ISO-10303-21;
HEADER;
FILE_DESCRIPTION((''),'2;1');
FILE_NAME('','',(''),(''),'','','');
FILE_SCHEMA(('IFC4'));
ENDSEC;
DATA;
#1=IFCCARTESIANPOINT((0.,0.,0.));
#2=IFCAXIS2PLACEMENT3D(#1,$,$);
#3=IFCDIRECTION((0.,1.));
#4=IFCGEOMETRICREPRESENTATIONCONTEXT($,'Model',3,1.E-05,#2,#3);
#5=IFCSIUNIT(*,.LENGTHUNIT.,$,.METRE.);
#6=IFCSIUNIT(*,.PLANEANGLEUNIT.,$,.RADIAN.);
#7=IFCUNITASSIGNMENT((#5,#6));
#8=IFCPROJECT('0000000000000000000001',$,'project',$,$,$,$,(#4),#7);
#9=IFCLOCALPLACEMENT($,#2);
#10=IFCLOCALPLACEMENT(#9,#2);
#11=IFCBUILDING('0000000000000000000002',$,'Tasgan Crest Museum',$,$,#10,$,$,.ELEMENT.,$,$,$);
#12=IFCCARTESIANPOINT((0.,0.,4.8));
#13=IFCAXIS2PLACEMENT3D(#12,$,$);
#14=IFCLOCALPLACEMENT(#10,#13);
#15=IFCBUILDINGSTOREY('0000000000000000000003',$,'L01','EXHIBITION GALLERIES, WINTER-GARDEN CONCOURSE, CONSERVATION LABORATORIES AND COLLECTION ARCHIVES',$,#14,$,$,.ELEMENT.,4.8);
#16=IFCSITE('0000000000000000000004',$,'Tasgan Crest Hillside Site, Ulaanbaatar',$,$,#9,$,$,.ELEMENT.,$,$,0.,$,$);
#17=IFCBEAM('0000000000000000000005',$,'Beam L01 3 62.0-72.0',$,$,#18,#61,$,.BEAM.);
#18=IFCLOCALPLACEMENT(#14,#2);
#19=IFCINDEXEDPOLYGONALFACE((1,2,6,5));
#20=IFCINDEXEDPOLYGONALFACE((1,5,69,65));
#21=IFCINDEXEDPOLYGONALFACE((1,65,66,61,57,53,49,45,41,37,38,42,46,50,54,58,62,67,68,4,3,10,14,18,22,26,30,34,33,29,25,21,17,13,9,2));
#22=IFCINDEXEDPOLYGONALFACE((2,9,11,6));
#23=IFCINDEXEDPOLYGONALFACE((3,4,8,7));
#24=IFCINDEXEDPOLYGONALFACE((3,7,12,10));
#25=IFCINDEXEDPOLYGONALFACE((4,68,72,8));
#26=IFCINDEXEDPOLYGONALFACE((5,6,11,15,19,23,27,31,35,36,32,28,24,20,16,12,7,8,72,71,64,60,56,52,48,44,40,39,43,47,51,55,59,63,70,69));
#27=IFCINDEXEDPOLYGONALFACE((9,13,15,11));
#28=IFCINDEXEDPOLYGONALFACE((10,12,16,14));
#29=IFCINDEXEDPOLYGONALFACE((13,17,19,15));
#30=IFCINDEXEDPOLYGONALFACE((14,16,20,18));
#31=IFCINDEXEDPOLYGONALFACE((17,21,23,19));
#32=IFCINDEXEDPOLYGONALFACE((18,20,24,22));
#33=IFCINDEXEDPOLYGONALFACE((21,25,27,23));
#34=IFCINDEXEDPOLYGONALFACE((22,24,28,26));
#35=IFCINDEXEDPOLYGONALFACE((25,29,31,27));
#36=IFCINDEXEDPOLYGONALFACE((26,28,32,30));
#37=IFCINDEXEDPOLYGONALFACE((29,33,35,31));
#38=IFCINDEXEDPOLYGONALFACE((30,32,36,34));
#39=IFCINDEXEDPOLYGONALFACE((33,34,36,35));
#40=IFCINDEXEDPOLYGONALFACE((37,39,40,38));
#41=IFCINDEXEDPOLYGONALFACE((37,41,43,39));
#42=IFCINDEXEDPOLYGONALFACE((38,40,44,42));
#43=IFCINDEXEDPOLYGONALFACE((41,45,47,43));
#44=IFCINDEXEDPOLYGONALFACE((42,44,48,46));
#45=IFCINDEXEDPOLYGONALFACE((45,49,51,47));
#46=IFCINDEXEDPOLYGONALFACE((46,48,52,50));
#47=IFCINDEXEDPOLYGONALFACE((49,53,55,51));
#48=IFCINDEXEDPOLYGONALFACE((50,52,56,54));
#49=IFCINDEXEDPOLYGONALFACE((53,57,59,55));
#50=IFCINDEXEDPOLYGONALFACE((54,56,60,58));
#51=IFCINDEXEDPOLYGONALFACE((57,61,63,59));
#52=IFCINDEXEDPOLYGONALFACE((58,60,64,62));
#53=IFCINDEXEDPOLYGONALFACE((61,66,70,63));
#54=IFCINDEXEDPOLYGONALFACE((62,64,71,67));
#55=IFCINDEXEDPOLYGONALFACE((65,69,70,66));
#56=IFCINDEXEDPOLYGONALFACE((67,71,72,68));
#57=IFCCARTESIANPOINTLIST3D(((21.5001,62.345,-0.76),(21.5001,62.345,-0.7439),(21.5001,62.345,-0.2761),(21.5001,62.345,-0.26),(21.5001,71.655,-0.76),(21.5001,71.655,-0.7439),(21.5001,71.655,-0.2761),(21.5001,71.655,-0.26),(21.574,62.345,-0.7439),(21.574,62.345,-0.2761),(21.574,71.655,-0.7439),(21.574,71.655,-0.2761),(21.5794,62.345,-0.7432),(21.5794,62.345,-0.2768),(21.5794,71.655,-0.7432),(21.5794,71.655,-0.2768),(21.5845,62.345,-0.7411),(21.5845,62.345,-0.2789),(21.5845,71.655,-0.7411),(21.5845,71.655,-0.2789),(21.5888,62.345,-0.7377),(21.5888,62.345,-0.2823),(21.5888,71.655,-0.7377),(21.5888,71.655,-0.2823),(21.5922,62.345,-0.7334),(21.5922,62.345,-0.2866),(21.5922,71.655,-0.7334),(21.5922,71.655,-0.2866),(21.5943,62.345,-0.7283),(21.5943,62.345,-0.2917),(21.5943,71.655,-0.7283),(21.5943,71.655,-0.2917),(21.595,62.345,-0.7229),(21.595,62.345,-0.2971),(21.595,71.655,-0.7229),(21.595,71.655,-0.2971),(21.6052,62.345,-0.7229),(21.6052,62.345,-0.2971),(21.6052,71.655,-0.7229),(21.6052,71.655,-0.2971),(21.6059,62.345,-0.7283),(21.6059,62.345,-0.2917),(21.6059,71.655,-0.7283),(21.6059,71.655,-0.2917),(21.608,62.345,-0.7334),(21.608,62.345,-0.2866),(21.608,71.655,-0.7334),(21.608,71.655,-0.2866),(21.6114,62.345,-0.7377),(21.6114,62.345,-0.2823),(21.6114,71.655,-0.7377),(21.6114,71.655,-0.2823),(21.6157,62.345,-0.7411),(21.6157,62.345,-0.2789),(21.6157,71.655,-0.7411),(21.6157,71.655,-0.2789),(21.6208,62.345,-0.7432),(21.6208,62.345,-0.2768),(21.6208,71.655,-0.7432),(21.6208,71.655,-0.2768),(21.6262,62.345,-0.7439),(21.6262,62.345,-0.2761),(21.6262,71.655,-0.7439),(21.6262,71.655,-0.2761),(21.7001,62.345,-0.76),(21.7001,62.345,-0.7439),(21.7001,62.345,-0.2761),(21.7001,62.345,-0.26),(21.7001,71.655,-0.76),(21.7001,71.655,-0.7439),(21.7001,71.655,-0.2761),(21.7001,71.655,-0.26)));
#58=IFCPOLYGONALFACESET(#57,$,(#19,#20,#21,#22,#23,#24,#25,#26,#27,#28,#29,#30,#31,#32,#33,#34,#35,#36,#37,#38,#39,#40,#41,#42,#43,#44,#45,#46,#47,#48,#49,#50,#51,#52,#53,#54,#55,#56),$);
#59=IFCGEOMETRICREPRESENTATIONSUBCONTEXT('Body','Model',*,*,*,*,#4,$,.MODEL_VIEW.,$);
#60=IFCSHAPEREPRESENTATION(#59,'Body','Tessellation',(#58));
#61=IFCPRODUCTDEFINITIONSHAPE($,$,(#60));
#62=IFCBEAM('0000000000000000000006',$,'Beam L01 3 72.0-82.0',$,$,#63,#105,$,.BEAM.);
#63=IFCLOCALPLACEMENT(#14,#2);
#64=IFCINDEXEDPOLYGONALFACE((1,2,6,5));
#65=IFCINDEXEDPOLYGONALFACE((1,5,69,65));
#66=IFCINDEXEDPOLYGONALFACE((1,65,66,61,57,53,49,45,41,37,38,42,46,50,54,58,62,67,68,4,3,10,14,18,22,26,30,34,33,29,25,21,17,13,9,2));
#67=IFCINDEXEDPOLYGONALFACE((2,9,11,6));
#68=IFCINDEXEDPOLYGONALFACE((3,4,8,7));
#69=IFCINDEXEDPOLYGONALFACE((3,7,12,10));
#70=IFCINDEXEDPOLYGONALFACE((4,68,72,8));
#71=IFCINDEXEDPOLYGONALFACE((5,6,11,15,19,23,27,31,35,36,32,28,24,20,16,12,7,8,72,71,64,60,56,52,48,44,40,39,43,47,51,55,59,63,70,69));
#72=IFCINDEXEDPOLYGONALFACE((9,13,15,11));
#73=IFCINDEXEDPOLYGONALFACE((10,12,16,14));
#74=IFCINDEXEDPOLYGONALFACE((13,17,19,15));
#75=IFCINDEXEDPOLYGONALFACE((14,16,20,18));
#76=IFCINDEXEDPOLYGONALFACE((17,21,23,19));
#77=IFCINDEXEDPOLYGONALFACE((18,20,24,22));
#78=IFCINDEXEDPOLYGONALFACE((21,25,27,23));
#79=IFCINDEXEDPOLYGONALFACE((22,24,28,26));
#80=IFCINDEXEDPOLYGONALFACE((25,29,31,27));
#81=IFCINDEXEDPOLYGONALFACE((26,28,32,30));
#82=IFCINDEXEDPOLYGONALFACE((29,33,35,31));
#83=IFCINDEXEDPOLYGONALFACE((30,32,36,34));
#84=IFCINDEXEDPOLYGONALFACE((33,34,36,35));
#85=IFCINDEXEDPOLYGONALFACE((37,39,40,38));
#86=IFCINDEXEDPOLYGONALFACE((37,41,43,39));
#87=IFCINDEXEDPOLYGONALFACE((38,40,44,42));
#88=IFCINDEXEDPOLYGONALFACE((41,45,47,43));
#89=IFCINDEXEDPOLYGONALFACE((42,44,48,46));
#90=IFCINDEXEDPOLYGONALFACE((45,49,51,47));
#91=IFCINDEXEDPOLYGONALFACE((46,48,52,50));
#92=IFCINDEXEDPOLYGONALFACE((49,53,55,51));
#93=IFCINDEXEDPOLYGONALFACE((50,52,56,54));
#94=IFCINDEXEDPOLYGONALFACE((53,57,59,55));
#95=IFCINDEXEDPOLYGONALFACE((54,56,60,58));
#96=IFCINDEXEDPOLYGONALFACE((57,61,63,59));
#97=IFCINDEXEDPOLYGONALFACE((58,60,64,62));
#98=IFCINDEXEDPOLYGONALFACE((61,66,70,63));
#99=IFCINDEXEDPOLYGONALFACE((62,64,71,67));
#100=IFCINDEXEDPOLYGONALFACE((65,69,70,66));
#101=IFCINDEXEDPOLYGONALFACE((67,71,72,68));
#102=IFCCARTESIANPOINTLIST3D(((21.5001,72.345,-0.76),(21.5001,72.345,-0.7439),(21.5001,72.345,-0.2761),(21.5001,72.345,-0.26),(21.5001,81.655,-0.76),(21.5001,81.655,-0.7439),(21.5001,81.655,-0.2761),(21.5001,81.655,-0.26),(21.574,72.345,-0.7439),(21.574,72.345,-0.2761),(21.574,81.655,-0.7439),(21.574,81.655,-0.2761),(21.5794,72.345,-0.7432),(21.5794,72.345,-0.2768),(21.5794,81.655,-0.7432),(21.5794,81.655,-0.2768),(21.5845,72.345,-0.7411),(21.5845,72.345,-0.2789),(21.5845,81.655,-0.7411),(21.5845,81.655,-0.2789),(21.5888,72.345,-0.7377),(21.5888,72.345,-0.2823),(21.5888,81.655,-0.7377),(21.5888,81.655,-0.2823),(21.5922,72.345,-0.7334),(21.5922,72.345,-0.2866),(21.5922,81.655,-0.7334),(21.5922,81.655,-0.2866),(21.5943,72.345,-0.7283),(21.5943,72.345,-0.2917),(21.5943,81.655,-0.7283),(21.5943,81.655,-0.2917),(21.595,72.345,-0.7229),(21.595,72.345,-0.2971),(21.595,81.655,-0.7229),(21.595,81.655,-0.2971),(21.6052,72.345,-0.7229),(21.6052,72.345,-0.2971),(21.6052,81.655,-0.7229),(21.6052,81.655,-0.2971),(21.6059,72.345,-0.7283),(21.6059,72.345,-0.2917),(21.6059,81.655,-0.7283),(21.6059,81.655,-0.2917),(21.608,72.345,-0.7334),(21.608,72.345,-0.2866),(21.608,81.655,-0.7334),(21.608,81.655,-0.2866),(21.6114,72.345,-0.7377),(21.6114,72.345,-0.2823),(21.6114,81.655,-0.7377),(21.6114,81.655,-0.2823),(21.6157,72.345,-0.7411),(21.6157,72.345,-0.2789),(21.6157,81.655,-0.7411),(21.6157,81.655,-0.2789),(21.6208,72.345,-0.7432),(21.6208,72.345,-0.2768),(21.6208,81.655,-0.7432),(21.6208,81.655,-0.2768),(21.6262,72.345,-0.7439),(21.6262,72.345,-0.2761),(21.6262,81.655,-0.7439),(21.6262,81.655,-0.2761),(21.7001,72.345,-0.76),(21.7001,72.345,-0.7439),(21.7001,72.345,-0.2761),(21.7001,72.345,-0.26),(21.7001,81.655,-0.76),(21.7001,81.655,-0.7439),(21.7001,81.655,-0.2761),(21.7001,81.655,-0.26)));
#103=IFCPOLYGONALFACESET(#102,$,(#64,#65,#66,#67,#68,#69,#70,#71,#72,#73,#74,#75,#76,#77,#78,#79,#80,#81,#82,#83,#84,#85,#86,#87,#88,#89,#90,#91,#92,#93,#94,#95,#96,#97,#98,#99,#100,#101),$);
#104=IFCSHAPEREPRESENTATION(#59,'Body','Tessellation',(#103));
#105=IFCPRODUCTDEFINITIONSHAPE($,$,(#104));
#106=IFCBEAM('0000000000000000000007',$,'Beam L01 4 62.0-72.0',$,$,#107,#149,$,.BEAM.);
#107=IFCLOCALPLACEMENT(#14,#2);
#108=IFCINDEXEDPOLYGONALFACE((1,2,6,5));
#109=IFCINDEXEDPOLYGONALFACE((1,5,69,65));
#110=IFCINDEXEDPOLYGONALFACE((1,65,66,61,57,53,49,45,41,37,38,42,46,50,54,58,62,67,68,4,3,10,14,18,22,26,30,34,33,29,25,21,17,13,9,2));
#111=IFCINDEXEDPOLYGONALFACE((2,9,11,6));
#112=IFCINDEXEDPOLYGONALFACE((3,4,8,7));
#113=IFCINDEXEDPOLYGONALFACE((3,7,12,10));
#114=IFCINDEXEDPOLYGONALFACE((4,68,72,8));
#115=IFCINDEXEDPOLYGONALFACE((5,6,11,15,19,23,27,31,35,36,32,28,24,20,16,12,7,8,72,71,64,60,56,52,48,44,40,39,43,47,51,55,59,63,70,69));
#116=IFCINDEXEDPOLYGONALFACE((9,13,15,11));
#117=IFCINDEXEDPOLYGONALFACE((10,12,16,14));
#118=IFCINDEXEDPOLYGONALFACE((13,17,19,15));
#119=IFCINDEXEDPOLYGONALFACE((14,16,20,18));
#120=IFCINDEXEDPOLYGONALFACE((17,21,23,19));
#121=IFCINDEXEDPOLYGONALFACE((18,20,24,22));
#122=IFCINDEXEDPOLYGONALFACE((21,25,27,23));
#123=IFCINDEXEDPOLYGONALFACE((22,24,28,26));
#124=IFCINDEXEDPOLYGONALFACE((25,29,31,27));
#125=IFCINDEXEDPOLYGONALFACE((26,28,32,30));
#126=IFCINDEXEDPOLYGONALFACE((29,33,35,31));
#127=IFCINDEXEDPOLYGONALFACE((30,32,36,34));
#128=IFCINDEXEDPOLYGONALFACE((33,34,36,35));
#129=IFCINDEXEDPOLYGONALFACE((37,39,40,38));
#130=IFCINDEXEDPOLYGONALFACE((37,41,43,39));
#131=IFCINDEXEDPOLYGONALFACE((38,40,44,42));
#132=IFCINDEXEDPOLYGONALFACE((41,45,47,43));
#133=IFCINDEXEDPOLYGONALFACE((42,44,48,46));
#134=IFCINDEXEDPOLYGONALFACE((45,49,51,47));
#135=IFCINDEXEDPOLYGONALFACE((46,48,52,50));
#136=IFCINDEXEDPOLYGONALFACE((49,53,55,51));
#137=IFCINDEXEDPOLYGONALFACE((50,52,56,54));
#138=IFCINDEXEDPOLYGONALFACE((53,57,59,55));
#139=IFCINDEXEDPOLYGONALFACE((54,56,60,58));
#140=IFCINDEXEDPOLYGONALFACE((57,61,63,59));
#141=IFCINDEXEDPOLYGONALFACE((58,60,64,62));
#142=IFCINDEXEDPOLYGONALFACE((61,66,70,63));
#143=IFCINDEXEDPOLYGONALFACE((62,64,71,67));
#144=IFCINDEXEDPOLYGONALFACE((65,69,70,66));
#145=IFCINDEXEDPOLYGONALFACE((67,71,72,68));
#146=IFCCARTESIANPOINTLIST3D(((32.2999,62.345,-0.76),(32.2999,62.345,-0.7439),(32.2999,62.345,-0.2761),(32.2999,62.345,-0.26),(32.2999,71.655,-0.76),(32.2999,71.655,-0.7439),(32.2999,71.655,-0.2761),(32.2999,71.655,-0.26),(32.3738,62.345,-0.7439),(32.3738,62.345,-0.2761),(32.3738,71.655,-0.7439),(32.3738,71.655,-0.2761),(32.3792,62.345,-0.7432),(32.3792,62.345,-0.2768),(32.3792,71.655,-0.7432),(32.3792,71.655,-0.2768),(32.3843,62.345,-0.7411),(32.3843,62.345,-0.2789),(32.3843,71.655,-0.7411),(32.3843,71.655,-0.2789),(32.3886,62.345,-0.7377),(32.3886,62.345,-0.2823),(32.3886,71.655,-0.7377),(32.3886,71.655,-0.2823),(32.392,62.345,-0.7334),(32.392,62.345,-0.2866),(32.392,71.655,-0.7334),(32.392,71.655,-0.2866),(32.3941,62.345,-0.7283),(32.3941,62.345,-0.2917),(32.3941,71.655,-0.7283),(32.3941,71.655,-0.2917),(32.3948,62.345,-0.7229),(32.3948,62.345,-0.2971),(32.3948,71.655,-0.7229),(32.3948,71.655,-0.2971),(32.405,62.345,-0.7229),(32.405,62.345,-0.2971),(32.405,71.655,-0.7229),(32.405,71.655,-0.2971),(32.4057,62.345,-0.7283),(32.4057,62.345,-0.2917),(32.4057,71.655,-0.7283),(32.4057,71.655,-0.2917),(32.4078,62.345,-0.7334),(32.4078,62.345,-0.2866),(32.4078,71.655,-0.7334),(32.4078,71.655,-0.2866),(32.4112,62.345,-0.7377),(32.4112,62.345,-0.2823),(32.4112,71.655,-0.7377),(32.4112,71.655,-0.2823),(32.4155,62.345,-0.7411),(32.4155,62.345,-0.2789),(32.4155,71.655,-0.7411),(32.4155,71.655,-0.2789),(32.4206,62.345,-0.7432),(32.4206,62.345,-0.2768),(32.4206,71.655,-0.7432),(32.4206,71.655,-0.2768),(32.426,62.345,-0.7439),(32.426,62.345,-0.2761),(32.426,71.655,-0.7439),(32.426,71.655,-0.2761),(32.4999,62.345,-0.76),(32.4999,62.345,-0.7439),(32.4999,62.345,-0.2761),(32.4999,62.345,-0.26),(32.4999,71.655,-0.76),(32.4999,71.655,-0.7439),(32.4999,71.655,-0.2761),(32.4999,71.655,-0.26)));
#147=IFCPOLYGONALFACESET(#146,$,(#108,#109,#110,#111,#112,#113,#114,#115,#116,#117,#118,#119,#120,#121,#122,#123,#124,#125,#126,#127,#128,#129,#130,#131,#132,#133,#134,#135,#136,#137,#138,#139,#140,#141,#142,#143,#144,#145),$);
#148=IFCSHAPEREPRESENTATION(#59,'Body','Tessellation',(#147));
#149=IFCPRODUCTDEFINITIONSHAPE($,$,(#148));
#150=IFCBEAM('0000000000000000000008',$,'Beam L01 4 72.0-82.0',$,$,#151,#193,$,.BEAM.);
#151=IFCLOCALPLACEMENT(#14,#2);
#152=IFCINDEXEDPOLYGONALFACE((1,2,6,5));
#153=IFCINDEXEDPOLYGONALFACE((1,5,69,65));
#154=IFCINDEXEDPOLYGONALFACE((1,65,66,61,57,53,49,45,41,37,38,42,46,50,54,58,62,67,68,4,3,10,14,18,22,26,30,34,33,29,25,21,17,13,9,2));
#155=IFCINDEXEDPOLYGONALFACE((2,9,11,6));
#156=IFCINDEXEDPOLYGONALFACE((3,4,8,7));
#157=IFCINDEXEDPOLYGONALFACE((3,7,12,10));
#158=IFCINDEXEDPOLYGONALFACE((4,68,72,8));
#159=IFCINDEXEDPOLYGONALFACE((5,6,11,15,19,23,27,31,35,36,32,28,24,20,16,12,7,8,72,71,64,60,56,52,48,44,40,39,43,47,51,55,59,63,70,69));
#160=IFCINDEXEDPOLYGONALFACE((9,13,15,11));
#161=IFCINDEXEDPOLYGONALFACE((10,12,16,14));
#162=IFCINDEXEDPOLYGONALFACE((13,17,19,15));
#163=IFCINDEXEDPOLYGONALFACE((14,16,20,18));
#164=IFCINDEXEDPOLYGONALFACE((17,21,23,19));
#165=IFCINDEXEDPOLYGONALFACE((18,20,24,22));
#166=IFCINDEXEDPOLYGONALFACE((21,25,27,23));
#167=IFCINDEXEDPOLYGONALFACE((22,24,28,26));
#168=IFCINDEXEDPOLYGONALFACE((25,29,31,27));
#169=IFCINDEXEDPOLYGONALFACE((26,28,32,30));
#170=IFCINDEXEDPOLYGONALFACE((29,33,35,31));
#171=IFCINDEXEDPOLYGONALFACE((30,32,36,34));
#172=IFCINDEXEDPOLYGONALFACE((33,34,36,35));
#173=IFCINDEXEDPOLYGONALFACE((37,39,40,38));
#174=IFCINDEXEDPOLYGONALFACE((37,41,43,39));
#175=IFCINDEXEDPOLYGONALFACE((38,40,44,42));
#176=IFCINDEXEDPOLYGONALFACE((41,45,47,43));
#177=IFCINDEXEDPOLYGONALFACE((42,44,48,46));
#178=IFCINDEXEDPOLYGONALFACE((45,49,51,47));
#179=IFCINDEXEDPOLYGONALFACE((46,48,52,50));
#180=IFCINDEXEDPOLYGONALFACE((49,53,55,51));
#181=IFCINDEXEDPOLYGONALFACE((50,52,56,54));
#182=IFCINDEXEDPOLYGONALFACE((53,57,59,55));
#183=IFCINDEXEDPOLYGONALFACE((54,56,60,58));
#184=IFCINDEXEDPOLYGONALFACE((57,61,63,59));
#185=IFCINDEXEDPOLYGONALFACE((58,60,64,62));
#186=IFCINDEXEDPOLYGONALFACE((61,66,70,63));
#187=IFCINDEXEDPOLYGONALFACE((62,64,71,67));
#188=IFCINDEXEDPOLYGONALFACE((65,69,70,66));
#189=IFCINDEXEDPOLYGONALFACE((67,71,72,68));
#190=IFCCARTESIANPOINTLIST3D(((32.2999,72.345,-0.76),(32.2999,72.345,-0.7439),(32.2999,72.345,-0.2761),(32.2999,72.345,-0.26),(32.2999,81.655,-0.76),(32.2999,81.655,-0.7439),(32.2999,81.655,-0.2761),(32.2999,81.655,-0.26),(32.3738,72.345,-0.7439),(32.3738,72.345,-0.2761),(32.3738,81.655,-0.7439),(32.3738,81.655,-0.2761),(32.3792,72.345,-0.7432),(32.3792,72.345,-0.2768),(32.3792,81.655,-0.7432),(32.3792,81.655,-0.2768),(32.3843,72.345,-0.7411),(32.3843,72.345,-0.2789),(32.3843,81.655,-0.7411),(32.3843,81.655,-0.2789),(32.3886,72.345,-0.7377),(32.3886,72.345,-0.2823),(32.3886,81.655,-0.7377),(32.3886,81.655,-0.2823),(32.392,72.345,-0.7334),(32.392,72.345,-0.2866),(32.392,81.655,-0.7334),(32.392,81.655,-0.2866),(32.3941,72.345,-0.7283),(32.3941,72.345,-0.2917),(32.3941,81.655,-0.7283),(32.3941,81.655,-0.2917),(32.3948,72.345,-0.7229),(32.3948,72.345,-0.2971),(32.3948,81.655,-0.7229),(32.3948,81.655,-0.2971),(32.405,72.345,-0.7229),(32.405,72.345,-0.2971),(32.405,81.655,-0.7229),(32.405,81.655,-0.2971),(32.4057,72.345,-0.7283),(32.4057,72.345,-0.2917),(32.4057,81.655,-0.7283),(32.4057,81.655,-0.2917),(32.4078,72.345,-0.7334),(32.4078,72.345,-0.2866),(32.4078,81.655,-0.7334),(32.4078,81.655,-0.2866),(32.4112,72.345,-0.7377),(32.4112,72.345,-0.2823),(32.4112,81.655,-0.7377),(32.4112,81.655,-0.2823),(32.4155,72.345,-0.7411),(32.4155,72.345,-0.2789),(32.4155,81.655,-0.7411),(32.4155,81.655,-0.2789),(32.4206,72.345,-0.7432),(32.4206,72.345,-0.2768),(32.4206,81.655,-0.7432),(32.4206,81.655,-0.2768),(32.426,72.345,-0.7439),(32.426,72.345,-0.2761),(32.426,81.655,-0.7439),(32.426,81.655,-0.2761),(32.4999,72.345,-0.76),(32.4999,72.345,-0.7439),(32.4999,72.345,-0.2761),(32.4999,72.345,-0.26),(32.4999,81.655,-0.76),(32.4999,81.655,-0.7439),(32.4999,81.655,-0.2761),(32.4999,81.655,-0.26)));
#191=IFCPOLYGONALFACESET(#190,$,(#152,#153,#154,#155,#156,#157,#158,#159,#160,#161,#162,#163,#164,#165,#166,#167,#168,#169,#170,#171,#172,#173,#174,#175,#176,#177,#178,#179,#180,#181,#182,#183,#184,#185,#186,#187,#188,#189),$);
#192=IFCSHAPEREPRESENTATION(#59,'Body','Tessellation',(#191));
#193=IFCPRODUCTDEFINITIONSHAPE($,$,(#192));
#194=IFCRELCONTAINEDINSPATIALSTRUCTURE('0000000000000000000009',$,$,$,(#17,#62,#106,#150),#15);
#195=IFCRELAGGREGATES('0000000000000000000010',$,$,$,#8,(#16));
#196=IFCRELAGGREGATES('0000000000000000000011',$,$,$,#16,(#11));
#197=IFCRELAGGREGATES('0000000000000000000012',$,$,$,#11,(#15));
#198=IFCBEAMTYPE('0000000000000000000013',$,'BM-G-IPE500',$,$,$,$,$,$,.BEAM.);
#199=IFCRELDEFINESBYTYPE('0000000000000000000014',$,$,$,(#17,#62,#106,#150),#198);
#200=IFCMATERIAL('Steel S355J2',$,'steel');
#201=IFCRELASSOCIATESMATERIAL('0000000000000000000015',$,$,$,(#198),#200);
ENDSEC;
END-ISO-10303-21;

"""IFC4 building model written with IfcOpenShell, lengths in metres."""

from ifc_helpers import new_model, si_unit, direction, frame, origin, origin_2d, place, context, subcontext, project, spatial, i_section, extrude, material, material_profile, profile_set, type_object, element, save


model = new_model("IFC4")

# Units and contexts
model_context = context("Model", 3, precision=1e-05, world=origin(), true_north=direction((0.0, 1.0)))
body_context = subcontext(model_context, "Body", "Model", "MODEL_VIEW")
ifc_project = project(units=[si_unit("LENGTHUNIT", "METRE"), si_unit("PLANEANGLEUNIT", "RADIAN")], contexts=[model_context])

# Site, building, storey
site_placement = place(None, origin())
site = spatial("IfcSite", under=ifc_project, at=site_placement, Name="Tasgan Crest Hillside Site, Ulaanbaatar", CompositionType="ELEMENT", RefElevation=0.0)
building_placement = place(site_placement, origin())
building = spatial("IfcBuilding", under=site, at=building_placement, Name="Tasgan Crest Museum", CompositionType="ELEMENT")
storey_placement = place(building_placement, frame((0.0, 0.0, 4.8)))
storey = spatial("IfcBuildingStorey", under=building, at=storey_placement, Name="L01", Description="EXHIBITION GALLERIES, WINTER-GARDEN CONCOURSE, CONSERVATION LABORATORIES AND COLLECTION ARCHIVES", CompositionType="ELEMENT", Elevation=4.8)

# Beams
ifc_material_1 = material(Name="Steel S355J2", Category="steel")
ifc_material_profile_1 = material_profile(ifc_material_1, i_section(OverallWidth=0.2, OverallDepth=0.5, WebThickness=0.0103, FlangeThickness=0.0161, FilletRadius=0.021, at=origin_2d()), Name="IPE 500")
ifc_profile_set_1 = profile_set([ifc_material_profile_1], Name="Steel S355J2")
beam_type_1 = type_object("IfcBeamType", Name="BM-G-IPE500", PredefinedType="BEAM", material=ifc_profile_set_1)
for number, where, z_axis, x_axis, name in (
    (1, (21.6001, 62.345, -0.51), (0.0, 1.0, 0.0), (-1.0, 0.0, 0.0), "Beam L01 3 62.0-72.0"),
    (2, (21.6001, 72.345, -0.51), (0.0, 1.0, 0.0), (-1.0, 0.0, 0.0), "Beam L01 3 72.0-82.0"),
    (3, (32.3999, 62.345, -0.51), (0.0, 1.0, 0.0), (-1.0, 0.0, 0.0), "Beam L01 4 62.0-72.0"),
    (4, (32.3999, 72.345, -0.51), (0.0, 1.0, 0.0), (-1.0, 0.0, 0.0), "Beam L01 4 72.0-82.0"),
):
    element("IfcBeam", number, at=place(storey_placement, frame(where, z_axis=z_axis, x_axis=x_axis)), inside=storey, type_object=beam_type_1, Name=name, PredefinedType="BEAM", context=body_context, shape_type="SweptSolid", body=[
        extrude(i_section(OverallWidth=0.2, OverallDepth=0.5, WebThickness=0.0103, FlangeThickness=0.0161, FilletRadius=0.021, at=origin_2d()), origin(), (0.0, 0.0, 1.0), 9.3101),
    ])

save(model, "model.ifc")
